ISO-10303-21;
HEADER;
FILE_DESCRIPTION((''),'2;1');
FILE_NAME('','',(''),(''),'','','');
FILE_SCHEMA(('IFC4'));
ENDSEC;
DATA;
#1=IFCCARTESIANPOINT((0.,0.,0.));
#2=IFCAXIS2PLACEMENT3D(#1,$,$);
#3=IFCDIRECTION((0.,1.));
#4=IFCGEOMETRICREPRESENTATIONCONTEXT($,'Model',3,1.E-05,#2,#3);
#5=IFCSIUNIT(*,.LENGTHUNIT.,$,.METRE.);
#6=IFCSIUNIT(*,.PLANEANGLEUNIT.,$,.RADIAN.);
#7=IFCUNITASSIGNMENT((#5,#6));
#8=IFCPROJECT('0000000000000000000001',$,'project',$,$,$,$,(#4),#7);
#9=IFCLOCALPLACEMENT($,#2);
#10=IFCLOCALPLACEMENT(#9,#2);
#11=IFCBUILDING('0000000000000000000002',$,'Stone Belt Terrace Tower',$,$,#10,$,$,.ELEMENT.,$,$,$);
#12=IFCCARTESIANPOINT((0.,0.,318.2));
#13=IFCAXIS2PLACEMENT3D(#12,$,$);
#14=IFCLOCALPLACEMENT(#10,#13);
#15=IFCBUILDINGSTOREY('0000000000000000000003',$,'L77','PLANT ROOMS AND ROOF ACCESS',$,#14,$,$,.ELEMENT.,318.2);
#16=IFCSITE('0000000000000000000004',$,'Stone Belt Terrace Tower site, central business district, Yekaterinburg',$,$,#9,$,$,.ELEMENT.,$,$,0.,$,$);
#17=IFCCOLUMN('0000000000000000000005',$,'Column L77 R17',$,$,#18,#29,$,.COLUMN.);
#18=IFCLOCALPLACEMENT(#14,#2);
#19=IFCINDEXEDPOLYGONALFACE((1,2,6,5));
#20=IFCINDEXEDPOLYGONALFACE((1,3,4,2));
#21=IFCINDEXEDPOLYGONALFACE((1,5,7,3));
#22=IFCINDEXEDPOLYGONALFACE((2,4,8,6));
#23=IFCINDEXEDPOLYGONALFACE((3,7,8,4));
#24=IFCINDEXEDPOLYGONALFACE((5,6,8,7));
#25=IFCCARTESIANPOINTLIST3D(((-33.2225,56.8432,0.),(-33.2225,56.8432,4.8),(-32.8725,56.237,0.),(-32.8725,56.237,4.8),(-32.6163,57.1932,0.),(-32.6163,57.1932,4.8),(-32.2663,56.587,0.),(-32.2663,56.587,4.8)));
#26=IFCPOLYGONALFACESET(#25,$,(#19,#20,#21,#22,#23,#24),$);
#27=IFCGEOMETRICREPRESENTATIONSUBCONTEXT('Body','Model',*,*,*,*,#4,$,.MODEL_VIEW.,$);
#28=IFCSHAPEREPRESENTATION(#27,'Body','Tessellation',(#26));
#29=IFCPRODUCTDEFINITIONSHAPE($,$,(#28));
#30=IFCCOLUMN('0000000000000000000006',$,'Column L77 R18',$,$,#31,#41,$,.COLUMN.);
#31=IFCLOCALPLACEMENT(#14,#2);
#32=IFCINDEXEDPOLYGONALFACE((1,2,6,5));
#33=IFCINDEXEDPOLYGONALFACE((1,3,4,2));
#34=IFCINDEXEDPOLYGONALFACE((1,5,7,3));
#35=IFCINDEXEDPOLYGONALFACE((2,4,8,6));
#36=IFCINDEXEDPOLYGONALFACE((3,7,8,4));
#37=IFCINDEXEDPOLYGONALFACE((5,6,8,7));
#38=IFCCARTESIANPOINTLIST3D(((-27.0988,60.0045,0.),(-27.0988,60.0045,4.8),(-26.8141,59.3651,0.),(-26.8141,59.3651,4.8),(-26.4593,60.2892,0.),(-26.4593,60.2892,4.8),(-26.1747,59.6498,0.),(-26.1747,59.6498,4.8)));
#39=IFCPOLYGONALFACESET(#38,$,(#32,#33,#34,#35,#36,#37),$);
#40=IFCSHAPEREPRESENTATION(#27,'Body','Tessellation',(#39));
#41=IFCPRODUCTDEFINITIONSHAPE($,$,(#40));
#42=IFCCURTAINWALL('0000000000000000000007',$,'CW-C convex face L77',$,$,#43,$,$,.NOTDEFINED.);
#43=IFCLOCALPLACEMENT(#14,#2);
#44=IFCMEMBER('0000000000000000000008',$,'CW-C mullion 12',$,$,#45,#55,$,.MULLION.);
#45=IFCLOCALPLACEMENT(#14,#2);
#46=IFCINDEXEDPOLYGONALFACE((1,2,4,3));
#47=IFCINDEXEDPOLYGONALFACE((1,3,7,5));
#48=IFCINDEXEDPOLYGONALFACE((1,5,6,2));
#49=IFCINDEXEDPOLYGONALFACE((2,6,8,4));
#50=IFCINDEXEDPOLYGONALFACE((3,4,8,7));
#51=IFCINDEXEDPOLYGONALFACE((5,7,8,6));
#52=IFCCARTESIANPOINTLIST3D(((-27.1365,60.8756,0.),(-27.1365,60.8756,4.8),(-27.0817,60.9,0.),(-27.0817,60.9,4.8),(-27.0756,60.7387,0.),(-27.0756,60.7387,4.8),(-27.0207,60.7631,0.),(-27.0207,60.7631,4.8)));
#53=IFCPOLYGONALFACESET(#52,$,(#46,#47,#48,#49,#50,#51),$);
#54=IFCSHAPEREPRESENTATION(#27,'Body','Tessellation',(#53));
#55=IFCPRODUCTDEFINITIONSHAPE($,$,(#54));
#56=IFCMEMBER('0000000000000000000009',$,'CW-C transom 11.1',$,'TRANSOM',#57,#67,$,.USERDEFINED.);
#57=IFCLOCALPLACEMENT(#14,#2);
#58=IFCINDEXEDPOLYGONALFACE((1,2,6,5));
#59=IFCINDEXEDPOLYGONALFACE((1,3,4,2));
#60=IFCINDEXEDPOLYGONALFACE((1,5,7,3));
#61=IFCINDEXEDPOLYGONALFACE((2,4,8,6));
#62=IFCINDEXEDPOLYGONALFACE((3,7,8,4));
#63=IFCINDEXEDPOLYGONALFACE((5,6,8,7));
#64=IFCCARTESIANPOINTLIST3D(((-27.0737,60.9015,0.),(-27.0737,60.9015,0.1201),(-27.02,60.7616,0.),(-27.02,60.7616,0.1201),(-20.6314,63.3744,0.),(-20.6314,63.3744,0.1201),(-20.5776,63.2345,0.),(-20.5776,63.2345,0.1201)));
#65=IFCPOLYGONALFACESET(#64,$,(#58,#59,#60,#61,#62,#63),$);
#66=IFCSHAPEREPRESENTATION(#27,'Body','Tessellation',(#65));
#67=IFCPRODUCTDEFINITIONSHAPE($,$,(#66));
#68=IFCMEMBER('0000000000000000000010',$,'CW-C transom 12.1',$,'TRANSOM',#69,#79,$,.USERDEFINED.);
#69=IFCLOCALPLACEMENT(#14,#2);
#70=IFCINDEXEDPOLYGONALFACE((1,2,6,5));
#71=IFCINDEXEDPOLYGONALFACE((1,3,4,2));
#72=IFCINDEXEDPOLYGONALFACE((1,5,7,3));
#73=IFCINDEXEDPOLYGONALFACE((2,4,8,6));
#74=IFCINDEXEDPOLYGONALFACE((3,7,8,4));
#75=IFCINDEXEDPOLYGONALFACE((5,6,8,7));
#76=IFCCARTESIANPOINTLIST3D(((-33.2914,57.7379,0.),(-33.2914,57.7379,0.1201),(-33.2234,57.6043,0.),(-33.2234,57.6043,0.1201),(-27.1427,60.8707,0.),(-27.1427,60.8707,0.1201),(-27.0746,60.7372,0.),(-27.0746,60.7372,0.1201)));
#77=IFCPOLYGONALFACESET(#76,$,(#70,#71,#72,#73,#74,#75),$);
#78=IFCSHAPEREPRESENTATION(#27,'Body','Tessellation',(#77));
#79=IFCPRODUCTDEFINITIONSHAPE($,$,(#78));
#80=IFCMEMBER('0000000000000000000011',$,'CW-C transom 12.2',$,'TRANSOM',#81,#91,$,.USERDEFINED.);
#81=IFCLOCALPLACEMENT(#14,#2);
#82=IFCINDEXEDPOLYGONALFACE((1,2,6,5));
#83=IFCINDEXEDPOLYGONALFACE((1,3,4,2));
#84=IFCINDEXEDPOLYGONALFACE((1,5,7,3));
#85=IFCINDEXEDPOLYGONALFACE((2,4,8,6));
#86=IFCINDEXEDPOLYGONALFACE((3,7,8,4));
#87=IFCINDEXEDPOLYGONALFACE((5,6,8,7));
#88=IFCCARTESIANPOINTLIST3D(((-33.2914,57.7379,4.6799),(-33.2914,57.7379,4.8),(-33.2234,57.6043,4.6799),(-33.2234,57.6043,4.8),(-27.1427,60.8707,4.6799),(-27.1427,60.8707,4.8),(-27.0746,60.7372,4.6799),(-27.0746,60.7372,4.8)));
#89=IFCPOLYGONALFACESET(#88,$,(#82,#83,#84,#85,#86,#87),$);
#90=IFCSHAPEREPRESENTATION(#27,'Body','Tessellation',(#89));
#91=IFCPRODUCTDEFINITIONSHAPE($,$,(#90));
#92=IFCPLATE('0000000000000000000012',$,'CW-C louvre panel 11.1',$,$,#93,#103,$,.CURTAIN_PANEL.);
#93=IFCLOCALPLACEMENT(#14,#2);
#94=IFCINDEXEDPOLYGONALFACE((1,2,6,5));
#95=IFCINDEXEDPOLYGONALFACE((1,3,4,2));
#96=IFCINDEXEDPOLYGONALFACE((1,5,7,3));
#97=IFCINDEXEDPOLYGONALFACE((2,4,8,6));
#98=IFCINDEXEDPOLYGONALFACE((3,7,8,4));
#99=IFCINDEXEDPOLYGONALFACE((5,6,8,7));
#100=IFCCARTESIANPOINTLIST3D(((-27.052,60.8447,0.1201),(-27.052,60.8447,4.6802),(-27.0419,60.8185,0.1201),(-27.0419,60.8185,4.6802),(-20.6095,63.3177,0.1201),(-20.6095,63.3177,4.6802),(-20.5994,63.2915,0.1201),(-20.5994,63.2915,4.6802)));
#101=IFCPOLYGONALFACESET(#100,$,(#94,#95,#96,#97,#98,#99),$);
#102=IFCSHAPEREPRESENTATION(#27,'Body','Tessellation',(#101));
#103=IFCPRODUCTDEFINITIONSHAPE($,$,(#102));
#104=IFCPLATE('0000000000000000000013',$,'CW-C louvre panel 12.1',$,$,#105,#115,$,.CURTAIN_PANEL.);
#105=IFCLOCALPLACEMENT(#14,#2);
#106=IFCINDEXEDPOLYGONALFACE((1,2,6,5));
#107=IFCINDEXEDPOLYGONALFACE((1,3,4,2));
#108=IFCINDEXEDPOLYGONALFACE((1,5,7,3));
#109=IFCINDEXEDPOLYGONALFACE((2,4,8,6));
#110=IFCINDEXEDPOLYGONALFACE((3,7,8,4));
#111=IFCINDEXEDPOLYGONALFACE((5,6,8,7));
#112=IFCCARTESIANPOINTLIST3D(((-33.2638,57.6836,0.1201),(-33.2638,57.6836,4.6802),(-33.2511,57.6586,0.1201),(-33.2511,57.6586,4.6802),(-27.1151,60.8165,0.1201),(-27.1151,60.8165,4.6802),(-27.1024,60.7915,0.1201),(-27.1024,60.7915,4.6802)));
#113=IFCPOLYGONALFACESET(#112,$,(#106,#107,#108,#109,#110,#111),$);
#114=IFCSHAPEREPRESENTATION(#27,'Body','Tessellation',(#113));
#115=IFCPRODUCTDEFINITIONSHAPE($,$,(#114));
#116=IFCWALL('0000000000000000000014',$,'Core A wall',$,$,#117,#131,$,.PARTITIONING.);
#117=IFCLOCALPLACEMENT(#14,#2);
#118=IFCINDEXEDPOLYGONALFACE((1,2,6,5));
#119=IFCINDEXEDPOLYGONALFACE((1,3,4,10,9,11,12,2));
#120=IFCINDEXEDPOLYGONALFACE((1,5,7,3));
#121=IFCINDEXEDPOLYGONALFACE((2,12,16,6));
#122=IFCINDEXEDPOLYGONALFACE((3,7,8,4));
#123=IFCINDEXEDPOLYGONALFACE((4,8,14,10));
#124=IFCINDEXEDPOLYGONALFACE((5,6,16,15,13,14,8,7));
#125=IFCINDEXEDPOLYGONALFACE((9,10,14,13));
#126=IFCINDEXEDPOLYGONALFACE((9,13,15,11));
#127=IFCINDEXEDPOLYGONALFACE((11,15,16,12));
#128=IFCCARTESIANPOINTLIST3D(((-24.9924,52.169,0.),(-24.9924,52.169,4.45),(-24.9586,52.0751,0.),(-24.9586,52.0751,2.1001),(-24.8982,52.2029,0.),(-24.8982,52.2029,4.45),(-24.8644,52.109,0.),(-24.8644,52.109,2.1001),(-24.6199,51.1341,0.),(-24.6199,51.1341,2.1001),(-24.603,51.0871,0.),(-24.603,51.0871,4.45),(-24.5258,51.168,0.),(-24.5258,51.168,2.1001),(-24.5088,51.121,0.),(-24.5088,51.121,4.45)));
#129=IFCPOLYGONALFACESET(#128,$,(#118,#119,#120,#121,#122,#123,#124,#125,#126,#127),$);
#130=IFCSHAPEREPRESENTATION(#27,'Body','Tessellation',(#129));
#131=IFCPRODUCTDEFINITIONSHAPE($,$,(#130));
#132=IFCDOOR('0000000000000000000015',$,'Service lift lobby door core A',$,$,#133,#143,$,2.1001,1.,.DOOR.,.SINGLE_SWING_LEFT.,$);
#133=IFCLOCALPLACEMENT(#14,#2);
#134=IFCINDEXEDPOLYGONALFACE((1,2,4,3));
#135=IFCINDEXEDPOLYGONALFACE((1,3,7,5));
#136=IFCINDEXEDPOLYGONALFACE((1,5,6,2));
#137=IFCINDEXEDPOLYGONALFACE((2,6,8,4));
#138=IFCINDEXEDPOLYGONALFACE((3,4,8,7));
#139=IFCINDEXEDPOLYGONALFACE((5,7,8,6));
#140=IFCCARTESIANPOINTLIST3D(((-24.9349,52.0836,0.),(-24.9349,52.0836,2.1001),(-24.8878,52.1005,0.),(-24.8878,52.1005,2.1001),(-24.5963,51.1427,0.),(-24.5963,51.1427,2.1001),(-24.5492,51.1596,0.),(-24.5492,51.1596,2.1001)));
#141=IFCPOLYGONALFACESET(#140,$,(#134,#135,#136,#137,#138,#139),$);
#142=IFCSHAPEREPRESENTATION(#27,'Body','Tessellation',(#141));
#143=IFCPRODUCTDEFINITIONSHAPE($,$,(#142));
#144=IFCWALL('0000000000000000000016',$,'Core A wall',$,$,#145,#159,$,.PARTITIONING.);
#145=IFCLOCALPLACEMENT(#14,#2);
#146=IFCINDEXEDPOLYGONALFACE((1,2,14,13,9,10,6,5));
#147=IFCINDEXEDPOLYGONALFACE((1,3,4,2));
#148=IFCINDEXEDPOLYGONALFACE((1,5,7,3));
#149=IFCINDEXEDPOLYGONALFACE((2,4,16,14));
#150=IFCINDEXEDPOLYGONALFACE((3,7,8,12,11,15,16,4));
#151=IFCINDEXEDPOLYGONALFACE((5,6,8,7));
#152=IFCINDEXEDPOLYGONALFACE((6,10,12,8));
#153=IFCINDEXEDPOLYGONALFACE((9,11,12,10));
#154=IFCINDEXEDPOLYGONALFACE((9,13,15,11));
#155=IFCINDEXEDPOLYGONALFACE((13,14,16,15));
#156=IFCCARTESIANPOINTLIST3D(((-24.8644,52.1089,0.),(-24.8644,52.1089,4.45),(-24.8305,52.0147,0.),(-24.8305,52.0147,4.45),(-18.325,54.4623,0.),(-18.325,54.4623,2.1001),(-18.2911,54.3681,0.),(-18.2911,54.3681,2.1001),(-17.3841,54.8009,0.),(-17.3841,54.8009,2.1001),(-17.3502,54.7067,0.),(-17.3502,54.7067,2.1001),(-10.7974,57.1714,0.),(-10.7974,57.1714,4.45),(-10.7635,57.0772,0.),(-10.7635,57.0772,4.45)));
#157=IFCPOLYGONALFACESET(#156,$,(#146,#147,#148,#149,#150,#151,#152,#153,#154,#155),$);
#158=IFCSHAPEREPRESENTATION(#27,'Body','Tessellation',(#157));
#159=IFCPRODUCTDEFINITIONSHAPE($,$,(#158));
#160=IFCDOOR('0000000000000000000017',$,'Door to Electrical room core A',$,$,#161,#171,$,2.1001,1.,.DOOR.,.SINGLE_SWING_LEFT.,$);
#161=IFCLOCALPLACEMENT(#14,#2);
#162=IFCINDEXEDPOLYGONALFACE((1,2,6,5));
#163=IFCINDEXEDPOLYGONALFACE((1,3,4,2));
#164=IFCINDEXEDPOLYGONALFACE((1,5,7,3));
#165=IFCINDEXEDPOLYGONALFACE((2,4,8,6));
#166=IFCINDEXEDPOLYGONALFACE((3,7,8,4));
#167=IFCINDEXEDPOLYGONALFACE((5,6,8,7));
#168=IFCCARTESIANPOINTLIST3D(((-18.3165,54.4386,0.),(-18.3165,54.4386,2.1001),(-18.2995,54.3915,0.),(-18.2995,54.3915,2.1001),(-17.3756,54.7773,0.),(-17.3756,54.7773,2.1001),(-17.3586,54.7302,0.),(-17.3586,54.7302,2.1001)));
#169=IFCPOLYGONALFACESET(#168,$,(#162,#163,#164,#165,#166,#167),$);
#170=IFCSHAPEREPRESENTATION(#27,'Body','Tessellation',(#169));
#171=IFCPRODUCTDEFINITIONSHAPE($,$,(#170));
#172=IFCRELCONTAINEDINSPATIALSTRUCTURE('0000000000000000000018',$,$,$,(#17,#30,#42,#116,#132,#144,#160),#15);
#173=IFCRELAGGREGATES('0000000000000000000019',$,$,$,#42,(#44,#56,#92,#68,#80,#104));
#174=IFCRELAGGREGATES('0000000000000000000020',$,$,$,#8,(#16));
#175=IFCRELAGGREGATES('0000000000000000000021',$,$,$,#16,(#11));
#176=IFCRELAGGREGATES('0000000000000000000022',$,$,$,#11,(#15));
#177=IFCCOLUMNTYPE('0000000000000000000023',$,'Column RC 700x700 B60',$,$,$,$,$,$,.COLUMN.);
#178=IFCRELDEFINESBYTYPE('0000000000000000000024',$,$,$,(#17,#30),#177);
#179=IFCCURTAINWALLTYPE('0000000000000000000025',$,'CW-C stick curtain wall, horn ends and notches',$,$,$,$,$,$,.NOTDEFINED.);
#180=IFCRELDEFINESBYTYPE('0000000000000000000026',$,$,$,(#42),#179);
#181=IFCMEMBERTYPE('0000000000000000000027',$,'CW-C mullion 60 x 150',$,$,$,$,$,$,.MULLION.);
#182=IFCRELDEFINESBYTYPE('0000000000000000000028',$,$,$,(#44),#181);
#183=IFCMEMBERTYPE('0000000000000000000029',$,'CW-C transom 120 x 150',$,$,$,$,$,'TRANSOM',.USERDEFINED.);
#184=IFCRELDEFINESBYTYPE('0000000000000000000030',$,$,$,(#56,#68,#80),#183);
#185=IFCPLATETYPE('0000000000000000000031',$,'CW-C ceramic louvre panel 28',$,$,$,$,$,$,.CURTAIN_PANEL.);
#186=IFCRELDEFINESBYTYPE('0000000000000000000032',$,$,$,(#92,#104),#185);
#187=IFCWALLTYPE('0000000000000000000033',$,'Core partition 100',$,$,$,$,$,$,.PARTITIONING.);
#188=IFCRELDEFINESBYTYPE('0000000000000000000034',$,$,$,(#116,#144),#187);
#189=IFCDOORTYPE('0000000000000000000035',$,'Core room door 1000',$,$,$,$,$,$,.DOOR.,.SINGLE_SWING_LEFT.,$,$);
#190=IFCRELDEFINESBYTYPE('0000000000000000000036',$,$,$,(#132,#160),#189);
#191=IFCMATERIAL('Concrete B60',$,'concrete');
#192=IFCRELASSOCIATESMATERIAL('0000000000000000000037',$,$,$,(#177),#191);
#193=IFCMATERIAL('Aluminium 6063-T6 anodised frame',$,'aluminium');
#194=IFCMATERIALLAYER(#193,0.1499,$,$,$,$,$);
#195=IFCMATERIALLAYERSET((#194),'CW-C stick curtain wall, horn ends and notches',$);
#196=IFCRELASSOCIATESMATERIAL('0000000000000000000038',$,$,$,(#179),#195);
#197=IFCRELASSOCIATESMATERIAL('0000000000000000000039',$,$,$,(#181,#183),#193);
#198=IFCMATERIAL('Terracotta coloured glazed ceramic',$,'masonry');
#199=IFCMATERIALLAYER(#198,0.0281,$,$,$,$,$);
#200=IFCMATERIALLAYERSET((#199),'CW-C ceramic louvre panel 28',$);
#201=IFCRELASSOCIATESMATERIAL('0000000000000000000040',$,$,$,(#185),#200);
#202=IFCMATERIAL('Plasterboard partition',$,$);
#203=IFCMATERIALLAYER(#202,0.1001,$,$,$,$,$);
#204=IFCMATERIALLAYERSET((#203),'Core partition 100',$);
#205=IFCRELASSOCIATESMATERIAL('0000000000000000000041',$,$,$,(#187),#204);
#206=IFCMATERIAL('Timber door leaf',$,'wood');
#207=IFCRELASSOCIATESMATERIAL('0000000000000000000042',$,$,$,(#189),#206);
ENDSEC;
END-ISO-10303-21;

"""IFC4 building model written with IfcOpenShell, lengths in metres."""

from ifc_helpers import new_model, si_unit, direction, frame, frame_2d, origin, origin_2d, place, context, subcontext, project, spatial, rectangle, extrude, material, layer, layer_set, material_profile, profile_set, type_object, element, fill, aggregate, save


model = new_model("IFC4")

# Units and contexts
model_context = context("Model", 3, precision=1e-05, world=origin(), true_north=direction((0.0, 1.0)))
body_context = subcontext(model_context, "Body", "Model", "MODEL_VIEW")
ifc_project = project(units=[si_unit("LENGTHUNIT", "METRE"), si_unit("PLANEANGLEUNIT", "RADIAN")], contexts=[model_context])

# Site, building, storey
site_placement = place(None, origin())
site = spatial("IfcSite", under=ifc_project, at=site_placement, Name="Stone Belt Terrace Tower site, central business district, Yekaterinburg", CompositionType="ELEMENT", RefElevation=0.0)
building_placement = place(site_placement, origin())
building = spatial("IfcBuilding", under=site, at=building_placement, Name="Stone Belt Terrace Tower", CompositionType="ELEMENT")
storey_placement = place(building_placement, frame((0.0, 0.0, 318.2)))
storey = spatial("IfcBuildingStorey", under=building, at=storey_placement, Name="L77", Description="PLANT ROOMS AND ROOF ACCESS", CompositionType="ELEMENT", Elevation=318.2)

# Columns
ifc_material_1 = material(Name="Concrete B60", Category="concrete")
ifc_material_profile_1 = material_profile(ifc_material_1, rectangle(XDim=0.7, YDim=0.7, at=origin_2d()), Name="RC 700x700")
ifc_profile_set_1 = profile_set([ifc_material_profile_1], Name="Concrete B60")
column_type = type_object("IfcColumnType", Name="Column RC 700x700 B60", PredefinedType="COLUMN", material=ifc_profile_set_1)
for number, where, z_axis, x_axis, name in (
    (1, (-32.7444, 56.7151, 0.0), (0.0, 0.0, 1.0), (0.866025, 0.5, 0.0), "Column L77 R17"),
    (2, (-26.6367, 59.8271, 0.0), (0.0, 0.0, 1.0), (0.913545, 0.406737, 0.0), "Column L77 R18"),
):
    element("IfcColumn", number, at=place(storey_placement, frame(where, z_axis=z_axis, x_axis=x_axis)), inside=storey, type_object=column_type, Name=name, PredefinedType="COLUMN", context=body_context, shape_type="SweptSolid", body=[
        extrude(rectangle(XDim=0.7, YDim=0.7, at=origin_2d()), origin(), (0.0, 0.0, 1.0), 4.8),
    ])

# Curtain wall, members, plates
ifc_material_2 = material(Name="Aluminium 6063-T6 anodised frame", Category="aluminium")
ifc_layer_1 = layer(ifc_material_2, 0.1499)
ifc_layer_set_1 = layer_set([ifc_layer_1], Name="CW-C stick curtain wall, horn ends and notches")
curtain_wall_type = type_object("IfcCurtainWallType", Name="CW-C stick curtain wall, horn ends and notches", PredefinedType="NOTDEFINED", material=ifc_layer_set_1)
curtain_wall_placement = place(storey_placement, origin())
curtain_wall = element("IfcCurtainWall", 3, at=curtain_wall_placement, inside=storey, type_object=curtain_wall_type, Name="CW-C convex face L77", PredefinedType="NOTDEFINED")
ifc_material_profile_2 = material_profile(ifc_material_2, rectangle(XDim=0.1499, YDim=0.0601, at=origin_2d()), Name="Aluminium 6063-T6 60x150")
ifc_profile_set_2 = profile_set([ifc_material_profile_2], Name="Aluminium 6063-T6 anodised frame")
member_type_1 = type_object("IfcMemberType", Name="CW-C mullion 60 x 150", PredefinedType="MULLION", material=ifc_profile_set_2)
member_1_placement = place(storey_placement, frame((-27.0786, 60.8193, 0.0), z_axis=(0.0, 0.0, 1.0), x_axis=(0.406737, -0.913545, 0.0)))
member_1 = element("IfcMember", 4, at=member_1_placement, type_object=member_type_1, Name="CW-C mullion 12", PredefinedType="MULLION", context=body_context, shape_type="SweptSolid", body=[
    extrude(rectangle(XDim=0.1499, YDim=0.0601, at=origin_2d()), origin(), (0.0, 0.0, 1.0), 4.8),
])
ifc_material_profile_3 = material_profile(ifc_material_2, rectangle(XDim=0.1499, YDim=0.1201, at=origin_2d()), Name="Aluminium 6063-T6 150x120")
ifc_profile_set_3 = profile_set([ifc_material_profile_3], Name="Aluminium 6063-T6 anodised frame")
member_type_2 = type_object("IfcMemberType", Name="CW-C transom 120 x 150", ElementType="TRANSOM", PredefinedType="USERDEFINED", material=ifc_profile_set_3)
member_2_placement = place(storey_placement, frame((-20.6045, 63.3044, 0.0601), z_axis=(-0.933585, -0.358355, 0.0), x_axis=(0.358355, -0.933585, 0.0)))
member_2 = element("IfcMember", 5, at=member_2_placement, type_object=member_type_2, Name="CW-C transom 11.1", ObjectType="TRANSOM", PredefinedType="USERDEFINED", context=body_context, shape_type="SweptSolid", body=[
    extrude(rectangle(XDim=0.1499, YDim=0.1201, at=origin_2d()), origin(), (0.0, 0.0, 1.0), 6.9006),
])
member_3_placement = place(storey_placement, frame((-27.1086, 60.804, 0.0601), z_axis=(-0.891012, -0.453979, 0.0), x_axis=(0.453979, -0.891012, 0.0)))
member_3 = element("IfcMember", 6, at=member_3_placement, type_object=member_type_2, Name="CW-C transom 12.1", ObjectType="TRANSOM", PredefinedType="USERDEFINED", context=body_context, shape_type="SweptSolid", body=[
    extrude(rectangle(XDim=0.1499, YDim=0.1201, at=origin_2d()), origin(), (0.0, 0.0, 1.0), 6.9009),
])
member_4_placement = place(storey_placement, frame((-27.1086, 60.804, 4.74), z_axis=(-0.891012, -0.453979, 0.0), x_axis=(0.453979, -0.891012, 0.0)))
member_4 = element("IfcMember", 7, at=member_4_placement, type_object=member_type_2, Name="CW-C transom 12.2", ObjectType="TRANSOM", PredefinedType="USERDEFINED", context=body_context, shape_type="SweptSolid", body=[
    extrude(rectangle(XDim=0.1499, YDim=0.1201, at=origin_2d()), origin(), (0.0, 0.0, 1.0), 6.9009),
])
ifc_material_3 = material(Name="Terracotta coloured glazed ceramic", Category="masonry")
ifc_layer_2 = layer(ifc_material_3, 0.0281)
ifc_layer_set_2 = layer_set([ifc_layer_2], Name="CW-C ceramic louvre panel 28")
plate_type = type_object("IfcPlateType", Name="CW-C ceramic louvre panel 28", PredefinedType="CURTAIN_PANEL", material=ifc_layer_set_2)
plate_1_placement = place(storey_placement, frame((-23.8257, 62.0681, 0.1201), z_axis=(0.0, 0.0, 1.0), x_axis=(-0.93358, -0.358368, 0.0)))
plate_1 = element("IfcPlate", 8, at=plate_1_placement, type_object=plate_type, Name="CW-C louvre panel 11.1", PredefinedType="CURTAIN_PANEL", context=body_context, shape_type="SweptSolid", body=[
    extrude(rectangle(XDim=6.9009, YDim=0.0281, at=origin_2d()), origin(), (0.0, 0.0, 1.0), 4.5601),
])
plate_2_placement = place(storey_placement, frame((-30.1831, 59.2375, 0.1201), z_axis=(0.0, 0.0, 1.0), x_axis=(-0.891007, -0.45399, 0.0)))
plate_2 = element("IfcPlate", 9, at=plate_2_placement, type_object=plate_type, Name="CW-C louvre panel 12.1", PredefinedType="CURTAIN_PANEL", context=body_context, shape_type="SweptSolid", body=[
    extrude(rectangle(XDim=6.9009, YDim=0.0281, at=origin_2d()), origin(), (0.0, 0.0, 1.0), 4.5601),
])
aggregate(curtain_wall, [member_1, member_2, plate_1, member_3, member_4, plate_2])

# Walls, openings, doors
ifc_material_4 = material(Name="Plasterboard partition")
ifc_layer_3 = layer(ifc_material_4, 0.1001)
ifc_layer_set_3 = layer_set([ifc_layer_3], Name="Core partition 100")
wall_type_1 = type_object("IfcWallType", Name="Core partition 100", PredefinedType="PARTITIONING", material=ifc_layer_set_3)
wall_1_placement = place(storey_placement, frame((-24.5559, 51.104, 0.0), z_axis=(0.0, 0.0, 1.0), x_axis=(-0.338622, 0.940923, 0.0)))
wall_1 = element("IfcWall", 10, at=wall_1_placement, inside=storey, type_object=wall_type_1, Name="Core A wall", PredefinedType="PARTITIONING", context=body_context, shape_type="SweptSolid", body=[
    extrude(rectangle(XDim=1.1499, YDim=0.1001, at=frame_2d((0.575, 0.0))), origin(), (0.0, 0.0, 1.0), 4.45),
])
opening_1_placement = place(wall_1_placement, frame((0.05, 0.0, 0.0)))
opening_1 = element("IfcOpeningElement", 11, at=opening_1_placement, cuts=wall_1, PredefinedType="OPENING", context=body_context, shape_type="SweptSolid", body=[
    extrude(rectangle(XDim=1.0, YDim=2.1001, at=frame_2d((0.5, 1.05))), frame((0.0, 0.0601, 0.0), z_axis=(0.0, -1.0, 0.0), x_axis=(1.0, 0.0, 0.0)), (0.0, 0.0, 1.0), 0.1201),
])
ifc_material_5 = material(Name="Timber door leaf", Category="wood")
door_type_1 = type_object("IfcDoorType", Name="Core room door 1000", OperationType="SINGLE_SWING_LEFT", PredefinedType="DOOR", material=ifc_material_5)
door_1_placement = place(opening_1_placement, origin())
door_1 = element("IfcDoor", 12, at=door_1_placement, inside=storey, type_object=door_type_1, Name="Service lift lobby door core A", OperationType="SINGLE_SWING_LEFT", OverallHeight=2.1001, OverallWidth=1.0, PredefinedType="DOOR", context=body_context, shape_type="SweptSolid", body=[
    extrude(rectangle(XDim=1.0, YDim=2.1001, at=frame_2d((0.5, 1.05))), frame((0.0, 0.0249, 0.0), z_axis=(0.0, -1.0, 0.0), x_axis=(1.0, 0.0, 0.0)), (0.0, 0.0, 1.0), 0.05),
])
fill(opening_1, door_1)
wall_2_placement = place(storey_placement, frame((-24.8474, 52.0618, 0.0), z_axis=(0.0, 0.0, 1.0), x_axis=(0.940921, 0.338626, 0.0)))
wall_2 = element("IfcWall", 13, at=wall_2_placement, inside=storey, type_object=wall_type_1, Name="Core A wall", PredefinedType="PARTITIONING", context=body_context, shape_type="SweptSolid", body=[
    extrude(rectangle(XDim=14.9502, YDim=0.1001, at=frame_2d((7.4751, 0.0))), origin(), (0.0, 0.0, 1.0), 4.45),
])
opening_2_placement = place(wall_2_placement, frame((6.95, 0.0, 0.0)))
opening_2 = element("IfcOpeningElement", 14, at=opening_2_placement, cuts=wall_2, PredefinedType="OPENING", context=body_context, shape_type="SweptSolid", body=[
    extrude(rectangle(XDim=1.0, YDim=2.1001, at=frame_2d((0.5, 1.05))), frame((0.0, 0.0601, 0.0), z_axis=(0.0, -1.0, 0.0), x_axis=(1.0, 0.0, 0.0)), (0.0, 0.0, 1.0), 0.1201),
])
door_2_placement = place(opening_2_placement, origin())
door_2 = element("IfcDoor", 15, at=door_2_placement, inside=storey, type_object=door_type_1, Name="Door to Electrical room core A", OperationType="SINGLE_SWING_LEFT", OverallHeight=2.1001, OverallWidth=1.0, PredefinedType="DOOR", context=body_context, shape_type="SweptSolid", body=[
    extrude(rectangle(XDim=1.0, YDim=2.1001, at=frame_2d((0.5, 1.05))), frame((0.0, 0.0249, 0.0), z_axis=(0.0, -1.0, 0.0), x_axis=(1.0, 0.0, 0.0)), (0.0, 0.0, 1.0), 0.05),
])
fill(opening_2, door_2)

save(model, "model.ifc")
